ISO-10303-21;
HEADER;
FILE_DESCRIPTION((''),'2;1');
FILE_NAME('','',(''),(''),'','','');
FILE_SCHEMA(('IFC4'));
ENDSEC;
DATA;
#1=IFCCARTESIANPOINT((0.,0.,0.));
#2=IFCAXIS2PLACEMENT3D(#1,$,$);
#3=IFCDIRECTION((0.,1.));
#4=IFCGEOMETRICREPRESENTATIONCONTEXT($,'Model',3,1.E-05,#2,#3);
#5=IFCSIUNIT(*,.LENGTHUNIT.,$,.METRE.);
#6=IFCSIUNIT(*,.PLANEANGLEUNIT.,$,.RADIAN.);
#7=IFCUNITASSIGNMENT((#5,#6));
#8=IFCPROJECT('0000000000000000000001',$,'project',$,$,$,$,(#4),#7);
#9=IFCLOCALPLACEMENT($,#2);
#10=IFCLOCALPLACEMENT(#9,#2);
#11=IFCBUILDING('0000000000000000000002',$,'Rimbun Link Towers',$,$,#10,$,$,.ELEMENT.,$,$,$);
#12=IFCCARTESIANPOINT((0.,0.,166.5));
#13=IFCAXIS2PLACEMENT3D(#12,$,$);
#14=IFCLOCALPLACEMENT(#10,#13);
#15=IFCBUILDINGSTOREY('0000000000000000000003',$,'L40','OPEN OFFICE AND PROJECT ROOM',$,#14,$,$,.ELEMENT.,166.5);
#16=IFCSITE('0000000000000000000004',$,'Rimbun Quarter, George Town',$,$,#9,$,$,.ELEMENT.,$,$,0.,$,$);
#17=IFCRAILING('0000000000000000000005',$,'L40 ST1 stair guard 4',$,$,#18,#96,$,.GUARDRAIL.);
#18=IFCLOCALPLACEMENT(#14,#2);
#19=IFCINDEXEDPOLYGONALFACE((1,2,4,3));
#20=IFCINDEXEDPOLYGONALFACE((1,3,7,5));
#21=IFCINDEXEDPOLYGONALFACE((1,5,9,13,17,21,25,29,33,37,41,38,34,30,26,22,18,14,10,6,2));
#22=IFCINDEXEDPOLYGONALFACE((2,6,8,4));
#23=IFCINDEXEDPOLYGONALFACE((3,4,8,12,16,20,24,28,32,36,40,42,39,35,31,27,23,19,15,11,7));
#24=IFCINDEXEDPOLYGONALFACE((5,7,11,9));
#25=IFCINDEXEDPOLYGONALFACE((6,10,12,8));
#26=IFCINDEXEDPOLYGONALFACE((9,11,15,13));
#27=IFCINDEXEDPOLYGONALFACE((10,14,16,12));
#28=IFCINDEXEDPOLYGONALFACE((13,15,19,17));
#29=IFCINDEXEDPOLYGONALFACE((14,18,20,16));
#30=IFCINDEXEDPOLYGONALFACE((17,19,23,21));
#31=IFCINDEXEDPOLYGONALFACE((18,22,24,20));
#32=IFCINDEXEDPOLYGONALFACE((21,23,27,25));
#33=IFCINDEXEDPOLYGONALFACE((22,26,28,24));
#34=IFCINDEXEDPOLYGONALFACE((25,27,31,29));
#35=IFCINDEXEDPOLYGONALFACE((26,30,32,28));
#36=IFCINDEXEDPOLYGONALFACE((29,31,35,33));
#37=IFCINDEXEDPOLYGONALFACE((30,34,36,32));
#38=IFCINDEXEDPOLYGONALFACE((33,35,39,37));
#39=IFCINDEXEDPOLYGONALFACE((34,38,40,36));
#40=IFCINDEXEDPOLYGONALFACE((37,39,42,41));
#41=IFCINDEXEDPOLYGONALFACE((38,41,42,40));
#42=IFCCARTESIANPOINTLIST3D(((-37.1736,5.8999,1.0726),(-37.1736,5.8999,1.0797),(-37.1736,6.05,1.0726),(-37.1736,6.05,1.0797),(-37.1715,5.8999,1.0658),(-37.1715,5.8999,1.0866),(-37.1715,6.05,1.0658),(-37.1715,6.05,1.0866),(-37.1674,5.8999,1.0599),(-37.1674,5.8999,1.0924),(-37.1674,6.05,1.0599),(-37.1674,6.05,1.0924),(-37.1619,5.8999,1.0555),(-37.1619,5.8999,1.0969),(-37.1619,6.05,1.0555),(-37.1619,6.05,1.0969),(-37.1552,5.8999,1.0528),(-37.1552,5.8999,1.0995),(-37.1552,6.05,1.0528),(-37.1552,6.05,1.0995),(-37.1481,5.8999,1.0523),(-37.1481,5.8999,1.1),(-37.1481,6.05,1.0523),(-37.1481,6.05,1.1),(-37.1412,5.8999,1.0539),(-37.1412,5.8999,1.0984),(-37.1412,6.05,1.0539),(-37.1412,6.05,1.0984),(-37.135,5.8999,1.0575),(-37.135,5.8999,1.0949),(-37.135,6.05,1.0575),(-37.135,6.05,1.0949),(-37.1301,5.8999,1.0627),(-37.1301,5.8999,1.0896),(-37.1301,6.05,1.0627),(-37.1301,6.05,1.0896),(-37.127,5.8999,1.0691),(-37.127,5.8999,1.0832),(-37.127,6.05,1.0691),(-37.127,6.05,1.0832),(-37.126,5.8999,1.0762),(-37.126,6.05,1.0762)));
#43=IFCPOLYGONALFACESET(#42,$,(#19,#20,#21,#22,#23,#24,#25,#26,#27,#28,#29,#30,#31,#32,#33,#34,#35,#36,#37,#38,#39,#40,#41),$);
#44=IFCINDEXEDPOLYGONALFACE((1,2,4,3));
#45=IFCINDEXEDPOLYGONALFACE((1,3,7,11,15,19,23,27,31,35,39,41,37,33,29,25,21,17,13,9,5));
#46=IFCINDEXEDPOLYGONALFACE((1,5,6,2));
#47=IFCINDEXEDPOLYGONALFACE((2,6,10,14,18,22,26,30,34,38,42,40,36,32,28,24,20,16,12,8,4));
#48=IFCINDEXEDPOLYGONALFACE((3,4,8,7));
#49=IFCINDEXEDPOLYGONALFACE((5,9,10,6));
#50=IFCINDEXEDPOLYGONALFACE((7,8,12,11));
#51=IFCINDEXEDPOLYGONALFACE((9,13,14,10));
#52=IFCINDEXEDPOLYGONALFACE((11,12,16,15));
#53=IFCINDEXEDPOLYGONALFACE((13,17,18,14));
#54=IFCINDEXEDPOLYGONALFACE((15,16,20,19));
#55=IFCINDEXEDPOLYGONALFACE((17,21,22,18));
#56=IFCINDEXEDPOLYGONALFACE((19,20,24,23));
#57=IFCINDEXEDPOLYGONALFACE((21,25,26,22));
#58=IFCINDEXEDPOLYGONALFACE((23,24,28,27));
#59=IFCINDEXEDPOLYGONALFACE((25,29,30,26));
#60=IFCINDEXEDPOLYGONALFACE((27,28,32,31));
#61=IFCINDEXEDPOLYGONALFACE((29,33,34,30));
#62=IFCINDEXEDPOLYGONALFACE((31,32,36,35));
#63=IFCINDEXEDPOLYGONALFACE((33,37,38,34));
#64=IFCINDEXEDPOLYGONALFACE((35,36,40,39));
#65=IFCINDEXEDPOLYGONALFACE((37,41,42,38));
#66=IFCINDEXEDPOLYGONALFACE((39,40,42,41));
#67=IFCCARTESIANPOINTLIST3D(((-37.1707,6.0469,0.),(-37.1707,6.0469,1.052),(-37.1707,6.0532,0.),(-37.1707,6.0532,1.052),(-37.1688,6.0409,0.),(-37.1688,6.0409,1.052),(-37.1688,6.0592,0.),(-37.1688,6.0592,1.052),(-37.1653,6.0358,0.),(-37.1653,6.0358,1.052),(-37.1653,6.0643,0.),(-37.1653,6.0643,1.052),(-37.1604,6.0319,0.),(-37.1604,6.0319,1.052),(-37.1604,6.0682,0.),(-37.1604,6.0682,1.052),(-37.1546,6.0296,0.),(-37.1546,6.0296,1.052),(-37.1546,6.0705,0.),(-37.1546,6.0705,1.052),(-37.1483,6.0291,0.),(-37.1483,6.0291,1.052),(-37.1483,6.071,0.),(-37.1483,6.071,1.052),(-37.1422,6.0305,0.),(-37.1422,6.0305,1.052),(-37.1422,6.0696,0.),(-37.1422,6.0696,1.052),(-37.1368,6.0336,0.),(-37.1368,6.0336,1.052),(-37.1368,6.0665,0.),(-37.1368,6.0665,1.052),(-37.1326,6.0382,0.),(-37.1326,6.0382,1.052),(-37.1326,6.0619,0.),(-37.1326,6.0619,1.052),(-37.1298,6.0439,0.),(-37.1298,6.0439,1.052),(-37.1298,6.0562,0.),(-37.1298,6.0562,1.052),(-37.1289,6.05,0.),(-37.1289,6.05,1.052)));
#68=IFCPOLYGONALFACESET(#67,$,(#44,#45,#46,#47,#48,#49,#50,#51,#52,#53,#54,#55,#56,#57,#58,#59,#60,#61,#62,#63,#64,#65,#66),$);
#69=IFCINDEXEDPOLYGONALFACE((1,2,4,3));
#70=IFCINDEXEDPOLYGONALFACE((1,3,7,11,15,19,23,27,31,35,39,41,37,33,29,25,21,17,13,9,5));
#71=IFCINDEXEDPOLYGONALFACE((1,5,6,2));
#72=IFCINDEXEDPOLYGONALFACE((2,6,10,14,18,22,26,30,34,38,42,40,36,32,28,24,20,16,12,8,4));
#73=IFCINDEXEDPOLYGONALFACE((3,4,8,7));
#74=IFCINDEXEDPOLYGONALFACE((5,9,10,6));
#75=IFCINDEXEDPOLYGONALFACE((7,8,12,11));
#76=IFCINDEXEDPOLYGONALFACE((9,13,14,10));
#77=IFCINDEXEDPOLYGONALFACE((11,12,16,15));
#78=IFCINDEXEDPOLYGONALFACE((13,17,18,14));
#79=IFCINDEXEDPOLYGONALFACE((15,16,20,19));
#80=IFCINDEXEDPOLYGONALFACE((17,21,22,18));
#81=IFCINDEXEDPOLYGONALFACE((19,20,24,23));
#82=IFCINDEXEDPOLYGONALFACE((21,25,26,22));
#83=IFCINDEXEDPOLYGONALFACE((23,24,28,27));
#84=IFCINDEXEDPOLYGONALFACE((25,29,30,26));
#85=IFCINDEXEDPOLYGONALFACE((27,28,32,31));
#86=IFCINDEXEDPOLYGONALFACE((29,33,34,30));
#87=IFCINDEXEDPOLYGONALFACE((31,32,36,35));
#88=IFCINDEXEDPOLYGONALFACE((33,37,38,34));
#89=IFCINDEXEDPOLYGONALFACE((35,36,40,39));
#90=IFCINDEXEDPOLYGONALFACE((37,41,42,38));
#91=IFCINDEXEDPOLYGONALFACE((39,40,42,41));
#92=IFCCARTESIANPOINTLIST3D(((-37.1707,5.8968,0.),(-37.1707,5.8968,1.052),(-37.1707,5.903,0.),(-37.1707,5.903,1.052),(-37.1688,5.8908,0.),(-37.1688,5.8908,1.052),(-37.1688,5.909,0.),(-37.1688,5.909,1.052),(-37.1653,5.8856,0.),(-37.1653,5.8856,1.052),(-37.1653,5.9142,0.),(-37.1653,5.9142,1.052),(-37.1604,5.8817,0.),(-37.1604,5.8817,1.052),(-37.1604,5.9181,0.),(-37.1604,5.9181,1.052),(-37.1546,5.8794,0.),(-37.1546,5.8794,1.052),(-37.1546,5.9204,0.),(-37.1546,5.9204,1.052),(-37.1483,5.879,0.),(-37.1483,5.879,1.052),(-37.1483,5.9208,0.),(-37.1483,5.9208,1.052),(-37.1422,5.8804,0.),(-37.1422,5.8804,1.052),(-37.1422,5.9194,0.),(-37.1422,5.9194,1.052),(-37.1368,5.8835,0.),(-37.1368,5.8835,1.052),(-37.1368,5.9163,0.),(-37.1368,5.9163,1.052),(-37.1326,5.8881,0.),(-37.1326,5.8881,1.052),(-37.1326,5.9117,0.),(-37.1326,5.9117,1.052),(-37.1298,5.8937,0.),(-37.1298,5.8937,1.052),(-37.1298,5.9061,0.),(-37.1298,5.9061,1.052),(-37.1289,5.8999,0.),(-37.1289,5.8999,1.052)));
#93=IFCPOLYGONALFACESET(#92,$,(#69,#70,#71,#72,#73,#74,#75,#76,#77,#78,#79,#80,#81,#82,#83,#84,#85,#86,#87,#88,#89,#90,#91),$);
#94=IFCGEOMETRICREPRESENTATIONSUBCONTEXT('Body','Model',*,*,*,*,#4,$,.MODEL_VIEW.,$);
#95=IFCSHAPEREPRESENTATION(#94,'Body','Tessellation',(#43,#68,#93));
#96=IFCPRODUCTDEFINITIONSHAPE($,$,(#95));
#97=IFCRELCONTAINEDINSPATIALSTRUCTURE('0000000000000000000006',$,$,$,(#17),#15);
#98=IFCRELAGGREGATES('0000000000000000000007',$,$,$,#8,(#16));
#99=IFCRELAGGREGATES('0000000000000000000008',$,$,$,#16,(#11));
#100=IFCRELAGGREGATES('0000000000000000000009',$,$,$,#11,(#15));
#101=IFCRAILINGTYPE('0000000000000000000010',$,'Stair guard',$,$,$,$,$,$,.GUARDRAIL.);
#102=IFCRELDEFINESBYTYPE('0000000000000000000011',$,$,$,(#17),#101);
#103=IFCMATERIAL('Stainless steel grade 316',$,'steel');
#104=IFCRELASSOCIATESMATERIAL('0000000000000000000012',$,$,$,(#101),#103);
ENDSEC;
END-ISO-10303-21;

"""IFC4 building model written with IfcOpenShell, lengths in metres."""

from ifc_helpers import new_model, si_unit, direction, frame, origin, origin_2d, place, context, subcontext, project, spatial, circle, extrude, material, type_object, element, save


model = new_model("IFC4")

# Units and contexts
model_context = context("Model", 3, precision=1e-05, world=origin(), true_north=direction((0.0, 1.0)))
body_context = subcontext(model_context, "Body", "Model", "MODEL_VIEW")
ifc_project = project(units=[si_unit("LENGTHUNIT", "METRE"), si_unit("PLANEANGLEUNIT", "RADIAN")], contexts=[model_context])

# Site, building, storey
site_placement = place(None, origin())
site = spatial("IfcSite", under=ifc_project, at=site_placement, Name="Rimbun Quarter, George Town", CompositionType="ELEMENT", RefElevation=0.0)
building_placement = place(site_placement, origin())
building = spatial("IfcBuilding", under=site, at=building_placement, Name="Rimbun Link Towers", CompositionType="ELEMENT")
storey_placement = place(building_placement, frame((0.0, 0.0, 166.5)))
storey = spatial("IfcBuildingStorey", under=building, at=storey_placement, Name="L40", Description="OPEN OFFICE AND PROJECT ROOM", CompositionType="ELEMENT", Elevation=166.5)

# Railing
ifc_material_1 = material(Name="Stainless steel grade 316", Category="steel")
railing_type_1 = type_object("IfcRailingType", Name="Stair guard", PredefinedType="GUARDRAIL", material=ifc_material_1)
railing_1_placement = place(storey_placement, frame((-37.1499, 6.05, 0.0)))
element("IfcRailing", 1, at=railing_1_placement, inside=storey, type_object=railing_type_1, Name="L40 ST1 stair guard 4", PredefinedType="GUARDRAIL", context=body_context, shape_type="SweptSolid", body=[
    extrude(circle(Radius=0.0239, at=origin_2d()), frame((0.0, 0.0, 1.0762), z_axis=(0.0, -1.0, 0.0), x_axis=(1.0, 0.0, 0.0)), (0.0, 0.0, 1.0), 0.1501),
    extrude(circle(Radius=0.021, at=origin_2d()), origin(), (0.0, 0.0, 1.0), 1.052),
    extrude(circle(Radius=0.021, at=origin_2d()), frame((0.0, -0.1501, 0.0)), (0.0, 0.0, 1.0), 1.052),
])

save(model, "model.ifc")
